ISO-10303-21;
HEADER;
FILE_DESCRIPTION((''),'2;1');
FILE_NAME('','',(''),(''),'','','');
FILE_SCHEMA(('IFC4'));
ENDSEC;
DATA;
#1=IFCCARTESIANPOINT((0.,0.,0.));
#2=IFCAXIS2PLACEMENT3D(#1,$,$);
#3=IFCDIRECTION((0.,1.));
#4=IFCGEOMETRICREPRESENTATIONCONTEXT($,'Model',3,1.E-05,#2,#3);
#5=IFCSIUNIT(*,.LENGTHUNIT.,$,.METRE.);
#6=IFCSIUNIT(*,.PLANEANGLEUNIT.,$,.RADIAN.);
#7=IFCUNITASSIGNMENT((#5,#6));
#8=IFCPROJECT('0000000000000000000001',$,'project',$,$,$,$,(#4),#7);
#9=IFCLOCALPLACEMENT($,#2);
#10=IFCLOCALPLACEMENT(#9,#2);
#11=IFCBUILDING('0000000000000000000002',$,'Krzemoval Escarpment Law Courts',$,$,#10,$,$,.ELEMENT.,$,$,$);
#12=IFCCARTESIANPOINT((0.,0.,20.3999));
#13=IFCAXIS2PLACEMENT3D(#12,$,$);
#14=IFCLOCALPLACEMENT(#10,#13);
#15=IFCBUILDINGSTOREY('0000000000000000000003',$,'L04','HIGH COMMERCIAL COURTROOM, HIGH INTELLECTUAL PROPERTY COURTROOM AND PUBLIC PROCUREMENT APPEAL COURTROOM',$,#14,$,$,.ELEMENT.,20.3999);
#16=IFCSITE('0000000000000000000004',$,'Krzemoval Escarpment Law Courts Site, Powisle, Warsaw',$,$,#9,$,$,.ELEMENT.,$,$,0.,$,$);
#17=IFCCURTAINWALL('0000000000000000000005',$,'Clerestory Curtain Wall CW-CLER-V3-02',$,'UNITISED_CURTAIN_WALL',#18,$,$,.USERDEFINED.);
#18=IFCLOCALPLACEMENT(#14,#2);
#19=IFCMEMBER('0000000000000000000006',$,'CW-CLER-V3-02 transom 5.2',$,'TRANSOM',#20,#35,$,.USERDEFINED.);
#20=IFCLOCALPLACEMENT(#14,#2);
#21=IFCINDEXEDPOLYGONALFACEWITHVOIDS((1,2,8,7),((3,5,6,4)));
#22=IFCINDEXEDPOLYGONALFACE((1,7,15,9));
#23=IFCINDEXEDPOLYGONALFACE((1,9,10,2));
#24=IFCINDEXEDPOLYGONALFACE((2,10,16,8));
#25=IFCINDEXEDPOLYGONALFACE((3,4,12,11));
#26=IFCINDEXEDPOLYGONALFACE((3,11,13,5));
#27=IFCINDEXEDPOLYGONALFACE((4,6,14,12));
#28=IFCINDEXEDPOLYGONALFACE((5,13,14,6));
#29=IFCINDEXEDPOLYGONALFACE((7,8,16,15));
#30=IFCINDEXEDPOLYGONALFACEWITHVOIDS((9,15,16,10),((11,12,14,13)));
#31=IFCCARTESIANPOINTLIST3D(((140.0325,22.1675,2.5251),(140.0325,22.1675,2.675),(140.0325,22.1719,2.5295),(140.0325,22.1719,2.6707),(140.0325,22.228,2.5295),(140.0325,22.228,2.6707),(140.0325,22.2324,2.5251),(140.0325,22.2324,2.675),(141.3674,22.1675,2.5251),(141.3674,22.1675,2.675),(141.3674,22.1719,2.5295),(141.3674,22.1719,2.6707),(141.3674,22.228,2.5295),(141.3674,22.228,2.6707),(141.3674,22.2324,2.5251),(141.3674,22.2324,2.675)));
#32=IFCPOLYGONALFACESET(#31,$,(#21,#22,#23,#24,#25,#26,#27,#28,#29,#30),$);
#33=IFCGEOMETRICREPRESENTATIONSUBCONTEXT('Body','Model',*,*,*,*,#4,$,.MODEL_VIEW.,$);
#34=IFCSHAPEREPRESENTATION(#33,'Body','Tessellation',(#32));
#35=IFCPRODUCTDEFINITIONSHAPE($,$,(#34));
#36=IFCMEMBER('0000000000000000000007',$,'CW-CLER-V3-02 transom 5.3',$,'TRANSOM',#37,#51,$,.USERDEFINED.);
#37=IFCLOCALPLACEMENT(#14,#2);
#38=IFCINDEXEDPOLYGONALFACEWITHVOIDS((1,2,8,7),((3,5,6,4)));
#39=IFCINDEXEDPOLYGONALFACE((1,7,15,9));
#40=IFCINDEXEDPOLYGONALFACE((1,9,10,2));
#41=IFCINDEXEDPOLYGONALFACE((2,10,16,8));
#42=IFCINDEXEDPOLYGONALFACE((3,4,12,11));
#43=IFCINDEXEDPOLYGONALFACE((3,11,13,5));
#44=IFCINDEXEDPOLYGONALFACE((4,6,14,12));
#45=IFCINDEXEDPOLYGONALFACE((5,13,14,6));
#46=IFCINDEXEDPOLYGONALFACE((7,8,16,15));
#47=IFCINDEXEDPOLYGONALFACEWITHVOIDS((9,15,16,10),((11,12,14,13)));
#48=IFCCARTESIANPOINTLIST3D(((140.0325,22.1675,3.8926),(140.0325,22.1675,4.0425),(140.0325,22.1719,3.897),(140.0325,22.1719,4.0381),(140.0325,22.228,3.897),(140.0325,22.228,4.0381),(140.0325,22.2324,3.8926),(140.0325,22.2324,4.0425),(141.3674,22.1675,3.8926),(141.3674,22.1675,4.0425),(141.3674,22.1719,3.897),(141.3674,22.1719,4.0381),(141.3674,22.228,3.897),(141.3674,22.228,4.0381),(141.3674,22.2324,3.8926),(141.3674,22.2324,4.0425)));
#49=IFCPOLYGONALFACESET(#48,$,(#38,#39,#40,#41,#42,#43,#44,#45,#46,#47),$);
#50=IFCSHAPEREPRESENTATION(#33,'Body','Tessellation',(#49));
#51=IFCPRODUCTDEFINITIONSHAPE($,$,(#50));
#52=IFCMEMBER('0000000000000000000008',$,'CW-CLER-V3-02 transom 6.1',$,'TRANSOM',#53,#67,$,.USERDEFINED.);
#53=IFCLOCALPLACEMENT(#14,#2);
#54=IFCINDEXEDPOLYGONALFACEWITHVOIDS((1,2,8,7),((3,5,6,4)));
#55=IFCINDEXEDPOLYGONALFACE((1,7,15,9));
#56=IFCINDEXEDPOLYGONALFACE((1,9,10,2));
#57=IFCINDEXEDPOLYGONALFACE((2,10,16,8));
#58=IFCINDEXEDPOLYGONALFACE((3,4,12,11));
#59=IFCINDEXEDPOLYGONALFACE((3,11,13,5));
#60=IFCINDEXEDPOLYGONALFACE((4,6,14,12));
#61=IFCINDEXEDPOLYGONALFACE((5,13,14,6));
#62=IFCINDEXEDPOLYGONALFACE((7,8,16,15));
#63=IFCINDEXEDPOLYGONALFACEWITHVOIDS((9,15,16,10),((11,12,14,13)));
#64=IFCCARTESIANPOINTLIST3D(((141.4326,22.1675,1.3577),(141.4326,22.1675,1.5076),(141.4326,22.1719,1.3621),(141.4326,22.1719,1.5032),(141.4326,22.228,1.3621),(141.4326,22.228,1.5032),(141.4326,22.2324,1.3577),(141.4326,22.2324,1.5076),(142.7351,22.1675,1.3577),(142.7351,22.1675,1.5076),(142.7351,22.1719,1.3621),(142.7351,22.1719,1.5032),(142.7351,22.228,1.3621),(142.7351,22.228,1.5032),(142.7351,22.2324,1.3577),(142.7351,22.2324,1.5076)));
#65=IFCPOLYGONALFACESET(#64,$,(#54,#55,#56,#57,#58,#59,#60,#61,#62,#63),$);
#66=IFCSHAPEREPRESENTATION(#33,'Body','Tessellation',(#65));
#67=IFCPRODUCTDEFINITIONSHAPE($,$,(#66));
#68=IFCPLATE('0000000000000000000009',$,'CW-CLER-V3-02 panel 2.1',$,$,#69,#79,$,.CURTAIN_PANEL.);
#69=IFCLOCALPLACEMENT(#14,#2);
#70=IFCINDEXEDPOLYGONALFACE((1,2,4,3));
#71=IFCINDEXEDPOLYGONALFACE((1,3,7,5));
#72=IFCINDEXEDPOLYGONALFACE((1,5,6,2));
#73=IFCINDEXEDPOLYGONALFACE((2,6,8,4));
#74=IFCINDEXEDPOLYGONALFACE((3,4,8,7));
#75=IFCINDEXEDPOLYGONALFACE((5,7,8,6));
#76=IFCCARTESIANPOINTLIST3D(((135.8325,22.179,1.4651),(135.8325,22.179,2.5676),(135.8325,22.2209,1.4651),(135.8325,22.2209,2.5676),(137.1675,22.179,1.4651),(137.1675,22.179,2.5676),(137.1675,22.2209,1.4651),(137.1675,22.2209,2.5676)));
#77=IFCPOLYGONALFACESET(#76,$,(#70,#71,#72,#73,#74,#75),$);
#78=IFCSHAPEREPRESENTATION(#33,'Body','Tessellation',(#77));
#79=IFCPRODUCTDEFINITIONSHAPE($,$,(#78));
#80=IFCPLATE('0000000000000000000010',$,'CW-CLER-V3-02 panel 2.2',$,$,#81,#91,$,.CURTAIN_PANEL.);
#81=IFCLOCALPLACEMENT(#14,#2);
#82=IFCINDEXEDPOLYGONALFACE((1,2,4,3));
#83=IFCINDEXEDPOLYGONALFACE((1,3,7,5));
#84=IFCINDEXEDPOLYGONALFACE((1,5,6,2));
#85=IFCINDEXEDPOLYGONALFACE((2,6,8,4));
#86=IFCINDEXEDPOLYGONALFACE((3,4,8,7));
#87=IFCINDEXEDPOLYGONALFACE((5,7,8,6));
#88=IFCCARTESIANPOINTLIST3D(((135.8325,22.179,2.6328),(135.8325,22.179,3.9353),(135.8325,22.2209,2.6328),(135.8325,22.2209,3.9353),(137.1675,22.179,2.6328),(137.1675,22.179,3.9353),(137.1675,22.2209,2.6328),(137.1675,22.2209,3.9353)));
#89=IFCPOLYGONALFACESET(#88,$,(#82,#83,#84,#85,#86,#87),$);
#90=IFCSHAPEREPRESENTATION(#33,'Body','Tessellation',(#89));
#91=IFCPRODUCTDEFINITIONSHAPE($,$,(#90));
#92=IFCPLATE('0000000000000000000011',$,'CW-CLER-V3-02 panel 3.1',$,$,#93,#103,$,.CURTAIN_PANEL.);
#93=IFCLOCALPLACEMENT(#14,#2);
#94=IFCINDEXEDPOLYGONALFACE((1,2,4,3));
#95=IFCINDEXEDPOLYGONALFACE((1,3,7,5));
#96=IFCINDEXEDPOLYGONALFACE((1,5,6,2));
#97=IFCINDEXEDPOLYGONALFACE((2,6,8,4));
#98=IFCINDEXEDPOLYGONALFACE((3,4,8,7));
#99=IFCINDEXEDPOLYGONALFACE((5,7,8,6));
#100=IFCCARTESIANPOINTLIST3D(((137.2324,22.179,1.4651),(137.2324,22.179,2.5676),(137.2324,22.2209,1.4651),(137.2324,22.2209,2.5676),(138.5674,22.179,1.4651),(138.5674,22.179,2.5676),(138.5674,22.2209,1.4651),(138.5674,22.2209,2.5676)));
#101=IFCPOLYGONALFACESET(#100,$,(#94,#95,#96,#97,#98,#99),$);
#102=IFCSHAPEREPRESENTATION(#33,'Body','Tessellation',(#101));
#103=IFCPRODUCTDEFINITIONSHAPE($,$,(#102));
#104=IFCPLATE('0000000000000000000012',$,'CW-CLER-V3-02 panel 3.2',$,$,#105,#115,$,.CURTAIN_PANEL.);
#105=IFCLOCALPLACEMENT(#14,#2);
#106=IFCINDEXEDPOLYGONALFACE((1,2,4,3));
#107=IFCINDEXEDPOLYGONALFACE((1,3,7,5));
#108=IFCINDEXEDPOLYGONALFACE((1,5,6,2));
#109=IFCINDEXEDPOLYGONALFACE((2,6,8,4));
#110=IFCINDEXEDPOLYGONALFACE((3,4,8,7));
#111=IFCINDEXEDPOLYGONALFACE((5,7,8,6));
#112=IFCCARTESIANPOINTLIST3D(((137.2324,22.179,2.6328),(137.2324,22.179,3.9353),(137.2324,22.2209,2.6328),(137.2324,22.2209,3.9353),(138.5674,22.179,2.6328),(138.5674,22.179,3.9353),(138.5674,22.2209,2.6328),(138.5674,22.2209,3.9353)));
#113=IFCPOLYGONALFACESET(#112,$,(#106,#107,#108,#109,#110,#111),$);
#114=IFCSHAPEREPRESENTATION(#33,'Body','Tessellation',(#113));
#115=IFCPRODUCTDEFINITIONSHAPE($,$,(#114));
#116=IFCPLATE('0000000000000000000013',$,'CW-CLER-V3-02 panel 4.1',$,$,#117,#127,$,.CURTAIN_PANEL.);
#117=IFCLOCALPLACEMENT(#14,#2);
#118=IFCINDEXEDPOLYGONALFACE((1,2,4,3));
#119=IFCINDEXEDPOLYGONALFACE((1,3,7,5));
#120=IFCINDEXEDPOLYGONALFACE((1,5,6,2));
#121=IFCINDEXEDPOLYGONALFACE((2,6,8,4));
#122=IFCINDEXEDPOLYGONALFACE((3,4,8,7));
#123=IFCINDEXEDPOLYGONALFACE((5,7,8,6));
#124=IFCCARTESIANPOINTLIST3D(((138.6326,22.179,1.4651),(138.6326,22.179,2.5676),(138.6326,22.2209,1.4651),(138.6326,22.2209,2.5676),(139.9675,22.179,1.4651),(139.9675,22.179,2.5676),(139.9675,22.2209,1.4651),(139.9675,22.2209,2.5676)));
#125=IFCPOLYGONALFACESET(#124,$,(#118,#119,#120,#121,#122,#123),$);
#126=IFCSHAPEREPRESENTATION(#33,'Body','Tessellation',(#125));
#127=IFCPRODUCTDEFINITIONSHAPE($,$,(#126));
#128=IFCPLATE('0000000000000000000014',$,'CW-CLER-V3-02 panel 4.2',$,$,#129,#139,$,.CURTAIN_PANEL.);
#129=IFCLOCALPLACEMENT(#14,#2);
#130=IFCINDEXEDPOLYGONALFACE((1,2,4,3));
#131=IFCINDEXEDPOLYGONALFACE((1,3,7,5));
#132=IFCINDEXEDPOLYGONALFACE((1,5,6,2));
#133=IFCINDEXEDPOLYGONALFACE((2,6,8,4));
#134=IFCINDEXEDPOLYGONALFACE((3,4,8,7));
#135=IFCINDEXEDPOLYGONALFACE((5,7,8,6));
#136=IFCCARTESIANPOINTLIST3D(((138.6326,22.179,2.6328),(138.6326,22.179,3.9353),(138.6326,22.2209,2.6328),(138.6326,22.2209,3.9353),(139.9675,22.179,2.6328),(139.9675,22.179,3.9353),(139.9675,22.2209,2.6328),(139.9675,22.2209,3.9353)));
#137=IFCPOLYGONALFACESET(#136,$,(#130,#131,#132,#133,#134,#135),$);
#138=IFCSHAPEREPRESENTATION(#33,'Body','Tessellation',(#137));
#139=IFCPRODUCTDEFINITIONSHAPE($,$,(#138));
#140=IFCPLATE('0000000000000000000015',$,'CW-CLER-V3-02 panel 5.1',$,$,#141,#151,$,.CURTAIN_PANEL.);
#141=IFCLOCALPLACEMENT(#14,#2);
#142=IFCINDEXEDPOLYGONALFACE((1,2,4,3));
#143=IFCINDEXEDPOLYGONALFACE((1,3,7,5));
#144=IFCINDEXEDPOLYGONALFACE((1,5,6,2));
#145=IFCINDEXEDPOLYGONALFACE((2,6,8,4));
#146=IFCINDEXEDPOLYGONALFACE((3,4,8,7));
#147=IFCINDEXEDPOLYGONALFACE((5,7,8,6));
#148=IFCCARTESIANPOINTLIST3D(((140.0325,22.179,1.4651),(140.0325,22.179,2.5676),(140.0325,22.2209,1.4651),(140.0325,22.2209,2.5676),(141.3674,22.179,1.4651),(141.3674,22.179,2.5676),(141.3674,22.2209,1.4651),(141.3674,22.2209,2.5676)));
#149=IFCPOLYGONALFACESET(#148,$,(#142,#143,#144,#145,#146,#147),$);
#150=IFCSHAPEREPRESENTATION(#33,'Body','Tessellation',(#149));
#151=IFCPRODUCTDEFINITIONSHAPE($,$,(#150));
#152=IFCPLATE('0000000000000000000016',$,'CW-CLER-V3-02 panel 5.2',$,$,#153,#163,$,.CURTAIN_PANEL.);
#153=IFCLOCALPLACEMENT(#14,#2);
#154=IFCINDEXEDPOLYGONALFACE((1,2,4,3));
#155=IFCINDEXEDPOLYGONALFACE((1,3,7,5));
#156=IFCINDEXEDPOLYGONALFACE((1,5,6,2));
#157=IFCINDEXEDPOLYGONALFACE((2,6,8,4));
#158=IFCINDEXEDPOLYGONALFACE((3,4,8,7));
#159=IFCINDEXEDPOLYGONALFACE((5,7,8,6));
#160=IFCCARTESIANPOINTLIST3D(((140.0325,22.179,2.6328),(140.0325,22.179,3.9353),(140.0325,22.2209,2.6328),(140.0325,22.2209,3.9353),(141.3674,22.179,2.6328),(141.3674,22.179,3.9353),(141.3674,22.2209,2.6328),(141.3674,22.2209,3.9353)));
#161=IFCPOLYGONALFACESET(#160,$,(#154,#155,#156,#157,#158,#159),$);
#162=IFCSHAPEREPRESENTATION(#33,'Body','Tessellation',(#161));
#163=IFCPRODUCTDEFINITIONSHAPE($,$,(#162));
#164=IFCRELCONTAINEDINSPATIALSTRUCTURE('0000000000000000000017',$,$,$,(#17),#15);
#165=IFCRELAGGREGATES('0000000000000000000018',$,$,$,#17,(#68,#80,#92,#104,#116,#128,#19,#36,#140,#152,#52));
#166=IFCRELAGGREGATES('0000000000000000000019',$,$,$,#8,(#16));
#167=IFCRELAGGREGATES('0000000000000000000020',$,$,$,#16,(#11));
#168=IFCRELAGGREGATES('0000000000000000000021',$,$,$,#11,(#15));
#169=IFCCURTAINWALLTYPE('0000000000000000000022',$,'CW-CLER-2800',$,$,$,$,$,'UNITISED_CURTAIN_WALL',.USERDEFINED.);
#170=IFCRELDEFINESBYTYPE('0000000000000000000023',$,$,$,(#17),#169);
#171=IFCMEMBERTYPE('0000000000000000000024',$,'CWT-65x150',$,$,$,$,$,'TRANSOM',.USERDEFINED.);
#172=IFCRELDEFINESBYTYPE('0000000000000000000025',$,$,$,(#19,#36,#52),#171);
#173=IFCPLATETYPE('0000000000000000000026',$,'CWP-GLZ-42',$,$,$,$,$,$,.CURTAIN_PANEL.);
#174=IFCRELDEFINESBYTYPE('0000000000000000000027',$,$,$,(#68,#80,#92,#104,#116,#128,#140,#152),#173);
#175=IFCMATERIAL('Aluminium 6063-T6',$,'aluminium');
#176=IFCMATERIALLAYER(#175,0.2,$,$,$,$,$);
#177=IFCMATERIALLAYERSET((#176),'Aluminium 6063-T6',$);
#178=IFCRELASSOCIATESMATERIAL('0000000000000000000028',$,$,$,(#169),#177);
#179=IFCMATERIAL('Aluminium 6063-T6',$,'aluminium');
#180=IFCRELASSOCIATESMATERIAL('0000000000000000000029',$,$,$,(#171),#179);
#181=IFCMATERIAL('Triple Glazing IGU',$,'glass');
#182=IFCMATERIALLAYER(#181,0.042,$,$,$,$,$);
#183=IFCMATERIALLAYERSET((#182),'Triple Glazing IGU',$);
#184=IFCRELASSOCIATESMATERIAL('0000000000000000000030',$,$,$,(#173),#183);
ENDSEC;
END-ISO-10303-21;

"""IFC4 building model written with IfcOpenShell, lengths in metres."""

from ifc_helpers import new_model, si_unit, direction, frame, origin, origin_2d, place, context, subcontext, project, spatial, rectangle, hollow_rectangle, extrude, material, layer, layer_set, material_profile, profile_set, type_object, element, aggregate, save


model = new_model("IFC4")

# Units and contexts
model_context = context("Model", 3, precision=1e-05, world=origin(), true_north=direction((0.0, 1.0)))
body_context = subcontext(model_context, "Body", "Model", "MODEL_VIEW")
ifc_project = project(units=[si_unit("LENGTHUNIT", "METRE"), si_unit("PLANEANGLEUNIT", "RADIAN")], contexts=[model_context])

# Site, building, storey
site_placement = place(None, origin())
site = spatial("IfcSite", under=ifc_project, at=site_placement, Name="Krzemoval Escarpment Law Courts Site, Powisle, Warsaw", CompositionType="ELEMENT", RefElevation=0.0)
building_placement = place(site_placement, origin())
building = spatial("IfcBuilding", under=site, at=building_placement, Name="Krzemoval Escarpment Law Courts", CompositionType="ELEMENT")
storey_placement = place(building_placement, frame((0.0, 0.0, 20.3999)))
storey = spatial("IfcBuildingStorey", under=building, at=storey_placement, Name="L04", Description="HIGH COMMERCIAL COURTROOM, HIGH INTELLECTUAL PROPERTY COURTROOM AND PUBLIC PROCUREMENT APPEAL COURTROOM", CompositionType="ELEMENT", Elevation=20.3999)

# Curtain wall, members, plates
ifc_material_1 = material(Name="Aluminium 6063-T6", Category="aluminium")
ifc_layer_1 = layer(ifc_material_1, 0.2)
ifc_layer_set_1 = layer_set([ifc_layer_1], Name="Aluminium 6063-T6")
curtain_wall_type = type_object("IfcCurtainWallType", Name="CW-CLER-2800", ElementType="UNITISED_CURTAIN_WALL", PredefinedType="USERDEFINED", material=ifc_layer_set_1)
curtain_wall_placement = place(storey_placement, origin())
curtain_wall = element("IfcCurtainWall", 1, at=curtain_wall_placement, inside=storey, type_object=curtain_wall_type, Name="Clerestory Curtain Wall CW-CLER-V3-02", ObjectType="UNITISED_CURTAIN_WALL", PredefinedType="USERDEFINED")
ifc_material_2 = material(Name="Aluminium 6063-T6", Category="aluminium")
ifc_material_profile_1 = material_profile(ifc_material_2, hollow_rectangle(XDim=0.0649, YDim=0.1499, WallThickness=0.0044, at=origin_2d()), Name="ALU T65x150")
ifc_profile_set_1 = profile_set([ifc_material_profile_1], Name="Aluminium 6063-T6")
member_type_1 = type_object("IfcMemberType", Name="CWT-65x150", ElementType="TRANSOM", PredefinedType="USERDEFINED", material=ifc_profile_set_1)
member_1_placement = place(storey_placement, frame((140.0325, 22.2, 2.6001), z_axis=(1.0, 0.0, 0.0), x_axis=(0.0, 1.0, 0.0)))
member_1 = element("IfcMember", 2, at=member_1_placement, type_object=member_type_1, Name="CW-CLER-V3-02 transom 5.2", ObjectType="TRANSOM", PredefinedType="USERDEFINED", context=body_context, shape_type="SweptSolid", body=[
    extrude(hollow_rectangle(XDim=0.0649, YDim=0.1499, WallThickness=0.0044, at=origin_2d()), origin(), (0.0, 0.0, 1.0), 1.335),
])
member_2_placement = place(storey_placement, frame((140.0325, 22.2, 3.9675), z_axis=(1.0, 0.0, 0.0), x_axis=(0.0, 1.0, 0.0)))
member_2 = element("IfcMember", 3, at=member_2_placement, type_object=member_type_1, Name="CW-CLER-V3-02 transom 5.3", ObjectType="TRANSOM", PredefinedType="USERDEFINED", context=body_context, shape_type="SweptSolid", body=[
    extrude(hollow_rectangle(XDim=0.0649, YDim=0.1499, WallThickness=0.0044, at=origin_2d()), origin(), (0.0, 0.0, 1.0), 1.335),
])
member_3_placement = place(storey_placement, frame((141.4326, 22.2, 1.4326), z_axis=(1.0, 0.0, 0.0), x_axis=(0.0, 1.0, 0.0)))
member_3 = element("IfcMember", 4, at=member_3_placement, type_object=member_type_1, Name="CW-CLER-V3-02 transom 6.1", ObjectType="TRANSOM", PredefinedType="USERDEFINED", context=body_context, shape_type="SweptSolid", body=[
    extrude(hollow_rectangle(XDim=0.0649, YDim=0.1499, WallThickness=0.0044, at=origin_2d()), origin(), (0.0, 0.0, 1.0), 1.3025),
])
ifc_material_3 = material(Name="Triple Glazing IGU", Category="glass")
ifc_layer_2 = layer(ifc_material_3, 0.042)
ifc_layer_set_2 = layer_set([ifc_layer_2], Name="Triple Glazing IGU")
plate_type = type_object("IfcPlateType", Name="CWP-GLZ-42", PredefinedType="CURTAIN_PANEL", material=ifc_layer_set_2)
plate_1_placement = place(storey_placement, frame((136.5, 22.2, 1.4651), z_axis=(0.0, 0.0, 1.0), x_axis=(1.0, 0.0, 0.0)))
plate_1 = element("IfcPlate", 5, at=plate_1_placement, type_object=plate_type, Name="CW-CLER-V3-02 panel 2.1", PredefinedType="CURTAIN_PANEL", context=body_context, shape_type="SweptSolid", body=[
    extrude(rectangle(XDim=1.335, YDim=0.042, at=origin_2d()), origin(), (0.0, 0.0, 1.0), 1.1025),
])
plate_2_placement = place(storey_placement, frame((136.5, 22.2, 2.6328), z_axis=(0.0, 0.0, 1.0), x_axis=(1.0, 0.0, 0.0)))
plate_2 = element("IfcPlate", 6, at=plate_2_placement, type_object=plate_type, Name="CW-CLER-V3-02 panel 2.2", PredefinedType="CURTAIN_PANEL", context=body_context, shape_type="SweptSolid", body=[
    extrude(rectangle(XDim=1.335, YDim=0.042, at=origin_2d()), origin(), (0.0, 0.0, 1.0), 1.3025),
])
plate_3_placement = place(storey_placement, frame((137.8999, 22.2, 1.4651), z_axis=(0.0, 0.0, 1.0), x_axis=(1.0, 0.0, 0.0)))
plate_3 = element("IfcPlate", 7, at=plate_3_placement, type_object=plate_type, Name="CW-CLER-V3-02 panel 3.1", PredefinedType="CURTAIN_PANEL", context=body_context, shape_type="SweptSolid", body=[
    extrude(rectangle(XDim=1.335, YDim=0.042, at=origin_2d()), origin(), (0.0, 0.0, 1.0), 1.1025),
])
plate_4_placement = place(storey_placement, frame((137.8999, 22.2, 2.6328), z_axis=(0.0, 0.0, 1.0), x_axis=(1.0, 0.0, 0.0)))
plate_4 = element("IfcPlate", 8, at=plate_4_placement, type_object=plate_type, Name="CW-CLER-V3-02 panel 3.2", PredefinedType="CURTAIN_PANEL", context=body_context, shape_type="SweptSolid", body=[
    extrude(rectangle(XDim=1.335, YDim=0.042, at=origin_2d()), origin(), (0.0, 0.0, 1.0), 1.3025),
])
plate_5_placement = place(storey_placement, frame((139.3, 22.2, 1.4651), z_axis=(0.0, 0.0, 1.0), x_axis=(1.0, 0.0, 0.0)))
plate_5 = element("IfcPlate", 9, at=plate_5_placement, type_object=plate_type, Name="CW-CLER-V3-02 panel 4.1", PredefinedType="CURTAIN_PANEL", context=body_context, shape_type="SweptSolid", body=[
    extrude(rectangle(XDim=1.335, YDim=0.042, at=origin_2d()), origin(), (0.0, 0.0, 1.0), 1.1025),
])
plate_6_placement = place(storey_placement, frame((139.3, 22.2, 2.6328), z_axis=(0.0, 0.0, 1.0), x_axis=(1.0, 0.0, 0.0)))
plate_6 = element("IfcPlate", 10, at=plate_6_placement, type_object=plate_type, Name="CW-CLER-V3-02 panel 4.2", PredefinedType="CURTAIN_PANEL", context=body_context, shape_type="SweptSolid", body=[
    extrude(rectangle(XDim=1.335, YDim=0.042, at=origin_2d()), origin(), (0.0, 0.0, 1.0), 1.3025),
])
plate_7_placement = place(storey_placement, frame((140.7, 22.2, 1.4651), z_axis=(0.0, 0.0, 1.0), x_axis=(1.0, 0.0, 0.0)))
plate_7 = element("IfcPlate", 11, at=plate_7_placement, type_object=plate_type, Name="CW-CLER-V3-02 panel 5.1", PredefinedType="CURTAIN_PANEL", context=body_context, shape_type="SweptSolid", body=[
    extrude(rectangle(XDim=1.335, YDim=0.042, at=origin_2d()), origin(), (0.0, 0.0, 1.0), 1.1025),
])
plate_8_placement = place(storey_placement, frame((140.7, 22.2, 2.6328), z_axis=(0.0, 0.0, 1.0), x_axis=(1.0, 0.0, 0.0)))
plate_8 = element("IfcPlate", 12, at=plate_8_placement, type_object=plate_type, Name="CW-CLER-V3-02 panel 5.2", PredefinedType="CURTAIN_PANEL", context=body_context, shape_type="SweptSolid", body=[
    extrude(rectangle(XDim=1.335, YDim=0.042, at=origin_2d()), origin(), (0.0, 0.0, 1.0), 1.3025),
])
aggregate(curtain_wall, [plate_1, plate_2, plate_3, plate_4, plate_5, plate_6, member_1, member_2, plate_7, plate_8, member_3])

save(model, "model.ifc")
